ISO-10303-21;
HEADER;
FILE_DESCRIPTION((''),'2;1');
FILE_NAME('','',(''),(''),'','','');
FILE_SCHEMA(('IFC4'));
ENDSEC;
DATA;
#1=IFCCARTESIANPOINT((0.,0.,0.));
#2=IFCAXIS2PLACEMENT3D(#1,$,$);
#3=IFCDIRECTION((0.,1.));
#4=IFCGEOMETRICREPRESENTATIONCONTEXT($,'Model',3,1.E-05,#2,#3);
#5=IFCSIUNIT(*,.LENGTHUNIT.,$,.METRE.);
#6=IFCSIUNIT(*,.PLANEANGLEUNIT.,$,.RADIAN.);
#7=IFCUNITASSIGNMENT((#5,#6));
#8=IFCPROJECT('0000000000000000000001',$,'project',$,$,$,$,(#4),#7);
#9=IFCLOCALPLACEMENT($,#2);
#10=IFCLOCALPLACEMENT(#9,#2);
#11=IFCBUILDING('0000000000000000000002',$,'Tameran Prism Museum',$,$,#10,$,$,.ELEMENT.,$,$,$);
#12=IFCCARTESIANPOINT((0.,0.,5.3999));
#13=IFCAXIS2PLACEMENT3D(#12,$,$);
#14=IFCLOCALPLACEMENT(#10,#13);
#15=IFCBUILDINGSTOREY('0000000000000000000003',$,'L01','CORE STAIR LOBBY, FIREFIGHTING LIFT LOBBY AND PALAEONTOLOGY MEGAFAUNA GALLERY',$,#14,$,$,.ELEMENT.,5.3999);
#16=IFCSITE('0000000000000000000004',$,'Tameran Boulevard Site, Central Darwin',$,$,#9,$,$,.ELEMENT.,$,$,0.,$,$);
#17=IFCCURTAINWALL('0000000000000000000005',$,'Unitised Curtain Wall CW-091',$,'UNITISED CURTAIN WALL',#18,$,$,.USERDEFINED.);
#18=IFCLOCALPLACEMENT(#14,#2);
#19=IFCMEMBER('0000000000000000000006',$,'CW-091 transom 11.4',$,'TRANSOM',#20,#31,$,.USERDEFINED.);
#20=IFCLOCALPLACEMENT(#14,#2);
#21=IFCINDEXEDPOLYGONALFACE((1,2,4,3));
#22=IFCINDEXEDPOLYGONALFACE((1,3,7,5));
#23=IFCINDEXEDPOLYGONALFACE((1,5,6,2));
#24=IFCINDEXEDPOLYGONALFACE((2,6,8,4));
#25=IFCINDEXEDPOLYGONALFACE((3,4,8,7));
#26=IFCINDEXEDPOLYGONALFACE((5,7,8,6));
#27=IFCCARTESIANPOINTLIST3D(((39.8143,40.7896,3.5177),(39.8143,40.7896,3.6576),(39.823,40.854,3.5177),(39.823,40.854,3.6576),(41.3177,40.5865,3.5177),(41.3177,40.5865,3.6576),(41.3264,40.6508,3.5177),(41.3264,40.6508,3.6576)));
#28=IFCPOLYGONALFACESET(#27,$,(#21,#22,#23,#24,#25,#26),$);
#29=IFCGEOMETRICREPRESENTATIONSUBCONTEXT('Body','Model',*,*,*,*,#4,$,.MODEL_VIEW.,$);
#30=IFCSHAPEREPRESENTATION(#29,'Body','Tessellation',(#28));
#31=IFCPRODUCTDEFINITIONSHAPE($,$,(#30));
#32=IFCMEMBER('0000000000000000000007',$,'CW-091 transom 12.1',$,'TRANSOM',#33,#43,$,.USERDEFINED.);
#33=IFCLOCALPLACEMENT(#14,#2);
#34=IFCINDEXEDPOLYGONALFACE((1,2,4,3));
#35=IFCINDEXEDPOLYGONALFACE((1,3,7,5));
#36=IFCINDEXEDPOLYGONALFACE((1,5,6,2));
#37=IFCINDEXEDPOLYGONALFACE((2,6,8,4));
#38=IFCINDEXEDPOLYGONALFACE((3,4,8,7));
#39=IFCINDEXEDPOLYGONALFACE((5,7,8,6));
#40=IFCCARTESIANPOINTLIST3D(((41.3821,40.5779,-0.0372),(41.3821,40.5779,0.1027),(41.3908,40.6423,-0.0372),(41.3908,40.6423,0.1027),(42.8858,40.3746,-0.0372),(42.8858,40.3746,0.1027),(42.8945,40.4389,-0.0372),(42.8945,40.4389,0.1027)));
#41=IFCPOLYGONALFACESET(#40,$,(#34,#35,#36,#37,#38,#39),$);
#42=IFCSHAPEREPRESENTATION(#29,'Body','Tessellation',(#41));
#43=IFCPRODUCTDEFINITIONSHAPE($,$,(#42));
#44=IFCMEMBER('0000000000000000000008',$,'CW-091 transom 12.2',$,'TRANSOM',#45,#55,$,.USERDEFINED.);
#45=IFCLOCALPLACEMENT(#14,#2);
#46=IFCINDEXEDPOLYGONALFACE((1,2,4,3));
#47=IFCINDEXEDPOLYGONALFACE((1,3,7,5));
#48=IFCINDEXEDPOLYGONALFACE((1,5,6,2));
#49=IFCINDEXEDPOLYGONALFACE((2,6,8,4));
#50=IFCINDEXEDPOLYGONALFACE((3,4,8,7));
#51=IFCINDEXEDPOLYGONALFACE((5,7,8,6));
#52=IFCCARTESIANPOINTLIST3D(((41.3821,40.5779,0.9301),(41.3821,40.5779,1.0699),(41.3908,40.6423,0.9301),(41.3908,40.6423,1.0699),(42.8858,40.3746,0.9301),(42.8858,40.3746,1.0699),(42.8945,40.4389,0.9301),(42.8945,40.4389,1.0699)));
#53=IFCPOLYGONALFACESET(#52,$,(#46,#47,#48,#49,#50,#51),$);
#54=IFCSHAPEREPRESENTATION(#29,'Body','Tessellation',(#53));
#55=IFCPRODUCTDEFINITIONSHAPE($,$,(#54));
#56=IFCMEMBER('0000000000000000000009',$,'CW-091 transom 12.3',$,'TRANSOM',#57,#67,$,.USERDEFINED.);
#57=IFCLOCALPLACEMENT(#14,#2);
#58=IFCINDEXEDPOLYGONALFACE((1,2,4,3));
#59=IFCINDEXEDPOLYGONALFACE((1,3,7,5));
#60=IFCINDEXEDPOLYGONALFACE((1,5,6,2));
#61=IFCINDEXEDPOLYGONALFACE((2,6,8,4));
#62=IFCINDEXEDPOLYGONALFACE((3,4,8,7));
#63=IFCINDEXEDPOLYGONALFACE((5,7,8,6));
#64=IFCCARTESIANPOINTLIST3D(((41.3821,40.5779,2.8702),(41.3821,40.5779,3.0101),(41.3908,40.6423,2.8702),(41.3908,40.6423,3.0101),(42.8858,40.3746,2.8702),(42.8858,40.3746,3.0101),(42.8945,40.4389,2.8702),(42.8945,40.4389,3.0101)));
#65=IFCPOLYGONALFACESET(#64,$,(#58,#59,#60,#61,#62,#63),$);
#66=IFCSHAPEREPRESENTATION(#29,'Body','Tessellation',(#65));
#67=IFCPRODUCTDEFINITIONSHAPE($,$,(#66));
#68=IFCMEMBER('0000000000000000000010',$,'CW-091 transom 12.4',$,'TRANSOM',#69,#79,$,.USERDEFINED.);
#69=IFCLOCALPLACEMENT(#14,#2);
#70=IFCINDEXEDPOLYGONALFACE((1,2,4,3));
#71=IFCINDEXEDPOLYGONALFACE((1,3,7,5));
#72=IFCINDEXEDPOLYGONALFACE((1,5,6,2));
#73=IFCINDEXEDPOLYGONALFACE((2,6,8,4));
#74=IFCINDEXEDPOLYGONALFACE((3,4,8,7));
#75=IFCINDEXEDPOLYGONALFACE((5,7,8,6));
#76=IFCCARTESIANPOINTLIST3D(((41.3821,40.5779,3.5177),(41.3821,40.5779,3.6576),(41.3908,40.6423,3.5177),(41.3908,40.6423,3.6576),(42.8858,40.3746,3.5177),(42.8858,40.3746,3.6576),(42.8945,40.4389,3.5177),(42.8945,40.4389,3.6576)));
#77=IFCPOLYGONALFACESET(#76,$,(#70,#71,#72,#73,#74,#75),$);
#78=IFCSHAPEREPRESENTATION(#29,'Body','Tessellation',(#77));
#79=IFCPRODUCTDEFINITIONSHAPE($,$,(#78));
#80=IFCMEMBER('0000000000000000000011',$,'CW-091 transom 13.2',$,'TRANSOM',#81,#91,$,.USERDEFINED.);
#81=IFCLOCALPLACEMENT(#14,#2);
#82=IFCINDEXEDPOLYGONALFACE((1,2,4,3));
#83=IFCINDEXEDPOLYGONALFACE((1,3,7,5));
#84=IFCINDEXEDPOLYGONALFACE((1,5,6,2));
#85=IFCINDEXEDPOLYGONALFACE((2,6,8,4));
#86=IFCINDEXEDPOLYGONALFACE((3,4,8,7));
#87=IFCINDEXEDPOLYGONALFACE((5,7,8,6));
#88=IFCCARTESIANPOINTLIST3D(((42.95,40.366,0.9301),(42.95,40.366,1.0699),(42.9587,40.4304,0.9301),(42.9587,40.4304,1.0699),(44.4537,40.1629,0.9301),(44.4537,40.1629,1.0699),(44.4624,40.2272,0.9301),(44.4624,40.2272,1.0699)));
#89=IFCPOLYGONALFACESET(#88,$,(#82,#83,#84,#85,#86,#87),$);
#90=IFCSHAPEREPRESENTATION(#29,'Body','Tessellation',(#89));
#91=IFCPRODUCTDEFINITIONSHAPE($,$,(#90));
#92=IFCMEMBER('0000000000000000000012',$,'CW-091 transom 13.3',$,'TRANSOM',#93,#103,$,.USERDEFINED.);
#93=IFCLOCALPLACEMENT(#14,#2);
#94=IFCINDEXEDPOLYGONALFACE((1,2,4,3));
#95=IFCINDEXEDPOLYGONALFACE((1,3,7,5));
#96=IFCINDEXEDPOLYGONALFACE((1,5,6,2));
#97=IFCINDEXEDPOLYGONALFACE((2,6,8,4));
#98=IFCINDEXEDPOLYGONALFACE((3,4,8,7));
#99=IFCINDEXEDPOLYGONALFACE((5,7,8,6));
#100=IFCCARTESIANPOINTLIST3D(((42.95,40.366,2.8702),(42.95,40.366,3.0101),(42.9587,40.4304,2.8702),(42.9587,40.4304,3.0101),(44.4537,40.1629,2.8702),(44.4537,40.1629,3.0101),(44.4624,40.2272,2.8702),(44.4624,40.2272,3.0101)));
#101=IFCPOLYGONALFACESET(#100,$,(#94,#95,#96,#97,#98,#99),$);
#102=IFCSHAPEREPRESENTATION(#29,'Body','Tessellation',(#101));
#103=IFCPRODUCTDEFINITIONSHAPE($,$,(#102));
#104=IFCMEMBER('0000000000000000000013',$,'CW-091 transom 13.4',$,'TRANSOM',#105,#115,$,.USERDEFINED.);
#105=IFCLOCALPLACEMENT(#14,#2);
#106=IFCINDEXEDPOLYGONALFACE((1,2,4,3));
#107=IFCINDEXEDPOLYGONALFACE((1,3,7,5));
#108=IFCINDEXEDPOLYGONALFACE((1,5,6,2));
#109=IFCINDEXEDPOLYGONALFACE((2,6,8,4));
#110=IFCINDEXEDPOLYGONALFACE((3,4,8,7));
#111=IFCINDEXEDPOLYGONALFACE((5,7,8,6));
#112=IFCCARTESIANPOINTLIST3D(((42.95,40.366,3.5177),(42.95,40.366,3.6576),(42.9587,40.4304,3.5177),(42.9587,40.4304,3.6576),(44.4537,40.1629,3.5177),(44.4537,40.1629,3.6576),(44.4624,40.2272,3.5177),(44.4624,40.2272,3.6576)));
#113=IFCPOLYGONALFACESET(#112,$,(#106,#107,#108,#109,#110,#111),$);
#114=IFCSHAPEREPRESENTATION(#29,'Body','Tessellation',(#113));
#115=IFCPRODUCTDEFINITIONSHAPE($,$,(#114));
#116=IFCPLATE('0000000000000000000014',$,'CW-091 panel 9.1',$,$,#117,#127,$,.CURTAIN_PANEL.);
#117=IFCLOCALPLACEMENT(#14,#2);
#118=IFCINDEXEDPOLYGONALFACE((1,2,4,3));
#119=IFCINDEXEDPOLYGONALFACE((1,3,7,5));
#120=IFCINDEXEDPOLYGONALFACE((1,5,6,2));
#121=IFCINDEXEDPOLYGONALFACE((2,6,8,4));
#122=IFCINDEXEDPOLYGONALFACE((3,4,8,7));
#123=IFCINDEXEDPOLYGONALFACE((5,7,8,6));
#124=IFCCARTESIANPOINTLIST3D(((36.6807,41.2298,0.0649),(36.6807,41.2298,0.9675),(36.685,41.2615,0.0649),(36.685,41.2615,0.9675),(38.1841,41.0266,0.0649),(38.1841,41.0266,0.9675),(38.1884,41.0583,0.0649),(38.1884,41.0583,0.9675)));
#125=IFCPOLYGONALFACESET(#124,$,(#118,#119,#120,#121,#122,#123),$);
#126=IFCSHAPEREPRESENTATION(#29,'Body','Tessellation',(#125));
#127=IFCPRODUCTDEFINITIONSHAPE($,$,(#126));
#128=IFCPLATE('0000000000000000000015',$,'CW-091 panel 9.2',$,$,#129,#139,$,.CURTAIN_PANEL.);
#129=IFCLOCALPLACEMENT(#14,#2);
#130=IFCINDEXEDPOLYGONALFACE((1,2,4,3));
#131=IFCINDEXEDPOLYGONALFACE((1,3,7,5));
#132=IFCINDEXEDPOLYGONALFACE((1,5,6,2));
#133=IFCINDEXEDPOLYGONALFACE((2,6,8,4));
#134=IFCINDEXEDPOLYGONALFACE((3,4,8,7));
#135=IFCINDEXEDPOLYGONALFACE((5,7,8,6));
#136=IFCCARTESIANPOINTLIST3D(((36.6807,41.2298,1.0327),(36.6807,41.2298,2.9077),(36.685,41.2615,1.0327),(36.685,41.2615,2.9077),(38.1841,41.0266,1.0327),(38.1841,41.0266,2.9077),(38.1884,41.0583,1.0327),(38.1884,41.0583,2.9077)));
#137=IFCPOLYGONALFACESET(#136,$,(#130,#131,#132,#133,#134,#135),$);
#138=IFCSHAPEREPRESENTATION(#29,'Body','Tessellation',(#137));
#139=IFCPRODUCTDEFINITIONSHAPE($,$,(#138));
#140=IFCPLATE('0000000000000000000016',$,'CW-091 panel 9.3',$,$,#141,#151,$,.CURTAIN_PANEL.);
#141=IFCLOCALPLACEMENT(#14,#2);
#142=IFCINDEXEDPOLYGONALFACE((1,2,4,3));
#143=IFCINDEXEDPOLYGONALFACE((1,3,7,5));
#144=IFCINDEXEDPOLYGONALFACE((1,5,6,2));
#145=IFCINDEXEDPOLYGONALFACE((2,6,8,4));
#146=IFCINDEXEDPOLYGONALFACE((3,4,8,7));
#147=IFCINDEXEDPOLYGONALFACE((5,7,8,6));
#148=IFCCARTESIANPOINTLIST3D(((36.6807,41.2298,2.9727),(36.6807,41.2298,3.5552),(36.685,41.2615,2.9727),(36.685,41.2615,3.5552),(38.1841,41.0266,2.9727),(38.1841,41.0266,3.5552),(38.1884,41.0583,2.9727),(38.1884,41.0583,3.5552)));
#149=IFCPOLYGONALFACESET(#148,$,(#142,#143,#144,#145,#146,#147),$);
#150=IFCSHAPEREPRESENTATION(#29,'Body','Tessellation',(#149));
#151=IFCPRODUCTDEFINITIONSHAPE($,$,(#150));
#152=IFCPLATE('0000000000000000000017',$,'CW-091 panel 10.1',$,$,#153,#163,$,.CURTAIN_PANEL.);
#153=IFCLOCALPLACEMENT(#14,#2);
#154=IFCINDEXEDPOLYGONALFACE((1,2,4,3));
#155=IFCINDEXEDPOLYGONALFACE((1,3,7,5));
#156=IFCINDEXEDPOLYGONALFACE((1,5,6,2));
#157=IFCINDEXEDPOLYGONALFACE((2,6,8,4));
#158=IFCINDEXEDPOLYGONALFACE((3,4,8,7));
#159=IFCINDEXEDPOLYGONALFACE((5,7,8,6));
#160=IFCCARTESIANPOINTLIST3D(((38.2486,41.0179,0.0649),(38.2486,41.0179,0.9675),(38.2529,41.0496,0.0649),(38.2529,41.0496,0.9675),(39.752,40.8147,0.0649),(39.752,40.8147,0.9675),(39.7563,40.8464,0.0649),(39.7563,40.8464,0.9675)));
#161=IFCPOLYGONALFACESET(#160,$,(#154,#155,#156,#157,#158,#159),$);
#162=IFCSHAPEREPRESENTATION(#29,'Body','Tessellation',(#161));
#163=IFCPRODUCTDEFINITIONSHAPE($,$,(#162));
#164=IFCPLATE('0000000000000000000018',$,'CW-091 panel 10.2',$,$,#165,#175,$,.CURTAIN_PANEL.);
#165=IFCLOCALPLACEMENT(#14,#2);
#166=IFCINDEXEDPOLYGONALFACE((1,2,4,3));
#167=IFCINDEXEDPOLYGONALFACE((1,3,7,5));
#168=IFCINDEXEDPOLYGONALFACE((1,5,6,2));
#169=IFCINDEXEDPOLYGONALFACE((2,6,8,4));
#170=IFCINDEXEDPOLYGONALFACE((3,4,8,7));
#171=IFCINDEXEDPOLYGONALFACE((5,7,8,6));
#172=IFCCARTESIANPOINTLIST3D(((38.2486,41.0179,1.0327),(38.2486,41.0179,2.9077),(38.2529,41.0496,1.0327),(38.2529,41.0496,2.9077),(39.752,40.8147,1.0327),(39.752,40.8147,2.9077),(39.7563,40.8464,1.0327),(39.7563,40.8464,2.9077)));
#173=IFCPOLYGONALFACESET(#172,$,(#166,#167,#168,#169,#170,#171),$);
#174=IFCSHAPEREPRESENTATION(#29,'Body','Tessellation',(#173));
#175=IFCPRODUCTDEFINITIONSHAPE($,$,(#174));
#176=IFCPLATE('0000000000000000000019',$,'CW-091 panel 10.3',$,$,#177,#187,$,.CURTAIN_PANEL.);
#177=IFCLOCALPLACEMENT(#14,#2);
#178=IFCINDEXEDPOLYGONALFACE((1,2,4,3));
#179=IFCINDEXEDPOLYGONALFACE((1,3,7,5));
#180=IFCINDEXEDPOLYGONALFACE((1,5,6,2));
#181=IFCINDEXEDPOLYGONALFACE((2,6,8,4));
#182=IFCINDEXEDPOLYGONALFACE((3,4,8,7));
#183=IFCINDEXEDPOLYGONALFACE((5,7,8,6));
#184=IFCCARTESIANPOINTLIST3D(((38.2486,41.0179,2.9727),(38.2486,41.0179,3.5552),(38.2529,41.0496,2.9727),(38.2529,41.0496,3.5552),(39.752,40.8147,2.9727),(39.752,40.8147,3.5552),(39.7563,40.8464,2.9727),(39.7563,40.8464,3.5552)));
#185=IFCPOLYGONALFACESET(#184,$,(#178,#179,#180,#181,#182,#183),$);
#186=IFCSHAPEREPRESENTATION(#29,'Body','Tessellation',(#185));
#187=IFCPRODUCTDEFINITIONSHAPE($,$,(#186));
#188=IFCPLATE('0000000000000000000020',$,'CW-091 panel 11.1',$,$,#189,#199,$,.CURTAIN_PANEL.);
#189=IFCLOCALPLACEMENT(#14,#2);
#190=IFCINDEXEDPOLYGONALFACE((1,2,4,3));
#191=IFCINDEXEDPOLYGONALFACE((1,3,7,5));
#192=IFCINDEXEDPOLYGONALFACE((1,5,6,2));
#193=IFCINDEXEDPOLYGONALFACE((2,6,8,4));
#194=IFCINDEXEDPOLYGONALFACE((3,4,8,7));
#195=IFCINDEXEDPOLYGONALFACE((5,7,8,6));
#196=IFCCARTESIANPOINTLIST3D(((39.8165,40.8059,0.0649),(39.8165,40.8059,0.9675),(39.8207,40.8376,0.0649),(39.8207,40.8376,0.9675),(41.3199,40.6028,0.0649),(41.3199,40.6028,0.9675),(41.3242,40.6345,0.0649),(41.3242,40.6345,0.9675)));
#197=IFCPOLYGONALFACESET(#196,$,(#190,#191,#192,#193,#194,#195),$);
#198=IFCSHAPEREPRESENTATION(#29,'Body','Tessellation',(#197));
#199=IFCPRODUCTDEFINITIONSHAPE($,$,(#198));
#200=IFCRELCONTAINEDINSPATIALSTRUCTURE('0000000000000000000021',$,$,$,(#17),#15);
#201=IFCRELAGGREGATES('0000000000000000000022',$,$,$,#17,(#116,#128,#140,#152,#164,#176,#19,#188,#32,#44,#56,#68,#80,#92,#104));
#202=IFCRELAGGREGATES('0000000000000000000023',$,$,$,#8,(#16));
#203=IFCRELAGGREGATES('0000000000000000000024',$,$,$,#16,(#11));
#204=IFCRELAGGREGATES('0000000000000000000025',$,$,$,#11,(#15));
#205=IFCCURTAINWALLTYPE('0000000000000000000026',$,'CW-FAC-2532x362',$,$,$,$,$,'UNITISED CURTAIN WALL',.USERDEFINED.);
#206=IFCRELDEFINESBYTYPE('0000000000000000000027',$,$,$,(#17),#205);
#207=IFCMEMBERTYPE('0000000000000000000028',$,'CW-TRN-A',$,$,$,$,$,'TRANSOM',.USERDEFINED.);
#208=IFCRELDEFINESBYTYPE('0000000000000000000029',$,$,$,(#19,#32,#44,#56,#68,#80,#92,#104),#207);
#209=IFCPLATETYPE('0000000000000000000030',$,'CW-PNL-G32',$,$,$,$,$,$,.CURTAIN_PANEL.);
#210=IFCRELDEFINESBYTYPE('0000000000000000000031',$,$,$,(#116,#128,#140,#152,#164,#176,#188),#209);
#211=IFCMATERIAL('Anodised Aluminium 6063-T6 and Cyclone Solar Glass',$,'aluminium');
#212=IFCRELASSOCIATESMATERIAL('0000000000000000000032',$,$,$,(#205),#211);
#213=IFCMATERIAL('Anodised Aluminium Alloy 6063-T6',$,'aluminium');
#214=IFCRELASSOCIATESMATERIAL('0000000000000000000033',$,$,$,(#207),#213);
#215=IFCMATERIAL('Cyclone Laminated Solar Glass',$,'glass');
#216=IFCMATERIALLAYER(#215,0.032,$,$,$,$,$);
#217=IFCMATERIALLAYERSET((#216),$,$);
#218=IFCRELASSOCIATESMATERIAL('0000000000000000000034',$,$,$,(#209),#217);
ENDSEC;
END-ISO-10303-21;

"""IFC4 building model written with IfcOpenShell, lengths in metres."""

from ifc_helpers import new_model, si_unit, direction, frame, origin, origin_2d, place, context, subcontext, project, spatial, rectangle, extrude, material, layer, layer_set, material_profile, profile_set, type_object, element, aggregate, save


model = new_model("IFC4")

# Units and contexts
model_context = context("Model", 3, precision=1e-05, world=origin(), true_north=direction((0.0, 1.0)))
body_context = subcontext(model_context, "Body", "Model", "MODEL_VIEW")
ifc_project = project(units=[si_unit("LENGTHUNIT", "METRE"), si_unit("PLANEANGLEUNIT", "RADIAN")], contexts=[model_context])

# Site, building, storey
site_placement = place(None, origin())
site = spatial("IfcSite", under=ifc_project, at=site_placement, Name="Tameran Boulevard Site, Central Darwin", CompositionType="ELEMENT", RefElevation=0.0)
building_placement = place(site_placement, origin())
building = spatial("IfcBuilding", under=site, at=building_placement, Name="Tameran Prism Museum", CompositionType="ELEMENT")
storey_placement = place(building_placement, frame((0.0, 0.0, 5.3999)))
storey = spatial("IfcBuildingStorey", under=building, at=storey_placement, Name="L01", Description="CORE STAIR LOBBY, FIREFIGHTING LIFT LOBBY AND PALAEONTOLOGY MEGAFAUNA GALLERY", CompositionType="ELEMENT", Elevation=5.3999)

# Curtain wall, members, plates
ifc_material_1 = material(Name="Anodised Aluminium 6063-T6 and Cyclone Solar Glass", Category="aluminium")
curtain_wall_type = type_object("IfcCurtainWallType", Name="CW-FAC-2532x362", ElementType="UNITISED CURTAIN WALL", PredefinedType="USERDEFINED", material=ifc_material_1)
curtain_wall_placement = place(storey_placement, origin())
curtain_wall = element("IfcCurtainWall", 1, at=curtain_wall_placement, inside=storey, type_object=curtain_wall_type, Name="Unitised Curtain Wall CW-091", ObjectType="UNITISED CURTAIN WALL", PredefinedType="USERDEFINED")
ifc_material_2 = material(Name="Anodised Aluminium Alloy 6063-T6", Category="aluminium")
ifc_material_profile_1 = material_profile(ifc_material_2, rectangle(XDim=0.0649, YDim=0.1399, at=origin_2d()))
ifc_profile_set_1 = profile_set([ifc_material_profile_1])
member_type_1 = type_object("IfcMemberType", Name="CW-TRN-A", ElementType="TRANSOM", PredefinedType="USERDEFINED", material=ifc_profile_set_1)
member_1_placement = place(storey_placement, frame((39.8186, 40.8218, 3.5876), z_axis=(0.990996, -0.133892, 0.0), x_axis=(0.133892, 0.990996, 0.0)))
member_1 = element("IfcMember", 2, at=member_1_placement, type_object=member_type_1, Name="CW-091 transom 11.4", ObjectType="TRANSOM", PredefinedType="USERDEFINED", context=body_context, shape_type="SweptSolid", body=[
    extrude(rectangle(XDim=0.0649, YDim=0.1399, at=origin_2d()), origin(), (0.0, 0.0, 1.0), 1.5171),
])
member_2_placement = place(storey_placement, frame((41.3865, 40.6101, 0.0327), z_axis=(0.990977, -0.134029, 0.0), x_axis=(0.134029, 0.990977, 0.0)))
member_2 = element("IfcMember", 3, at=member_2_placement, type_object=member_type_1, Name="CW-091 transom 12.1", ObjectType="TRANSOM", PredefinedType="USERDEFINED", context=body_context, shape_type="SweptSolid", body=[
    extrude(rectangle(XDim=0.0649, YDim=0.1399, at=origin_2d()), origin(), (0.0, 0.0, 1.0), 1.5173),
])
member_3_placement = place(storey_placement, frame((41.3865, 40.6101, 1.0), z_axis=(0.990977, -0.134029, 0.0), x_axis=(0.134029, 0.990977, 0.0)))
member_3 = element("IfcMember", 4, at=member_3_placement, type_object=member_type_1, Name="CW-091 transom 12.2", ObjectType="TRANSOM", PredefinedType="USERDEFINED", context=body_context, shape_type="SweptSolid", body=[
    extrude(rectangle(XDim=0.0649, YDim=0.1399, at=origin_2d()), origin(), (0.0, 0.0, 1.0), 1.5173),
])
member_4_placement = place(storey_placement, frame((41.3865, 40.6101, 2.9402), z_axis=(0.990977, -0.134029, 0.0), x_axis=(0.134029, 0.990977, 0.0)))
member_4 = element("IfcMember", 5, at=member_4_placement, type_object=member_type_1, Name="CW-091 transom 12.3", ObjectType="TRANSOM", PredefinedType="USERDEFINED", context=body_context, shape_type="SweptSolid", body=[
    extrude(rectangle(XDim=0.0649, YDim=0.1399, at=origin_2d()), origin(), (0.0, 0.0, 1.0), 1.5173),
])
member_5_placement = place(storey_placement, frame((41.3865, 40.6101, 3.5876), z_axis=(0.990977, -0.134029, 0.0), x_axis=(0.134029, 0.990977, 0.0)))
member_5 = element("IfcMember", 6, at=member_5_placement, type_object=member_type_1, Name="CW-091 transom 12.4", ObjectType="TRANSOM", PredefinedType="USERDEFINED", context=body_context, shape_type="SweptSolid", body=[
    extrude(rectangle(XDim=0.0649, YDim=0.1399, at=origin_2d()), origin(), (0.0, 0.0, 1.0), 1.5173),
])
member_6_placement = place(storey_placement, frame((42.9543, 40.3982, 1.0), z_axis=(0.990999, -0.133871, 0.0), x_axis=(0.133871, 0.990999, 0.0)))
member_6 = element("IfcMember", 7, at=member_6_placement, type_object=member_type_1, Name="CW-091 transom 13.2", ObjectType="TRANSOM", PredefinedType="USERDEFINED", context=body_context, shape_type="SweptSolid", body=[
    extrude(rectangle(XDim=0.0649, YDim=0.1399, at=origin_2d()), origin(), (0.0, 0.0, 1.0), 1.5173),
])
member_7_placement = place(storey_placement, frame((42.9543, 40.3982, 2.9402), z_axis=(0.990999, -0.133871, 0.0), x_axis=(0.133871, 0.990999, 0.0)))
member_7 = element("IfcMember", 8, at=member_7_placement, type_object=member_type_1, Name="CW-091 transom 13.3", ObjectType="TRANSOM", PredefinedType="USERDEFINED", context=body_context, shape_type="SweptSolid", body=[
    extrude(rectangle(XDim=0.0649, YDim=0.1399, at=origin_2d()), origin(), (0.0, 0.0, 1.0), 1.5173),
])
member_8_placement = place(storey_placement, frame((42.9543, 40.3982, 3.5876), z_axis=(0.990999, -0.133871, 0.0), x_axis=(0.133871, 0.990999, 0.0)))
member_8 = element("IfcMember", 9, at=member_8_placement, type_object=member_type_1, Name="CW-091 transom 13.4", ObjectType="TRANSOM", PredefinedType="USERDEFINED", context=body_context, shape_type="SweptSolid", body=[
    extrude(rectangle(XDim=0.0649, YDim=0.1399, at=origin_2d()), origin(), (0.0, 0.0, 1.0), 1.5173),
])
ifc_material_3 = material(Name="Cyclone Laminated Solar Glass", Category="glass")
ifc_layer = layer(ifc_material_3, 0.032)
ifc_layer_set = layer_set([ifc_layer])
plate_type = type_object("IfcPlateType", Name="CW-PNL-G32", PredefinedType="CURTAIN_PANEL", material=ifc_layer_set)
plate_1_placement = place(storey_placement, frame((37.4346, 41.144, 0.0649), z_axis=(0.0, 0.0, 1.0), x_axis=(0.990993, -0.133913, 0.0)))
plate_1 = element("IfcPlate", 10, at=plate_1_placement, type_object=plate_type, Name="CW-091 panel 9.1", PredefinedType="CURTAIN_PANEL", context=body_context, shape_type="SweptSolid", body=[
    extrude(rectangle(XDim=1.5171, YDim=0.032, at=origin_2d()), origin(), (0.0, 0.0, 1.0), 0.9026),
])
plate_2_placement = place(storey_placement, frame((37.4346, 41.144, 1.0327), z_axis=(0.0, 0.0, 1.0), x_axis=(0.990993, -0.133913, 0.0)))
plate_2 = element("IfcPlate", 11, at=plate_2_placement, type_object=plate_type, Name="CW-091 panel 9.2", PredefinedType="CURTAIN_PANEL", context=body_context, shape_type="SweptSolid", body=[
    extrude(rectangle(XDim=1.5171, YDim=0.032, at=origin_2d()), origin(), (0.0, 0.0, 1.0), 1.875),
])
plate_3_placement = place(storey_placement, frame((37.4346, 41.144, 2.9727), z_axis=(0.0, 0.0, 1.0), x_axis=(0.990993, -0.133913, 0.0)))
plate_3 = element("IfcPlate", 12, at=plate_3_placement, type_object=plate_type, Name="CW-091 panel 9.3", PredefinedType="CURTAIN_PANEL", context=body_context, shape_type="SweptSolid", body=[
    extrude(rectangle(XDim=1.5171, YDim=0.032, at=origin_2d()), origin(), (0.0, 0.0, 1.0), 0.5825),
])
plate_4_placement = place(storey_placement, frame((39.0024, 40.9321, 0.0649), z_axis=(0.0, 0.0, 1.0), x_axis=(0.990993, -0.133913, 0.0)))
plate_4 = element("IfcPlate", 13, at=plate_4_placement, type_object=plate_type, Name="CW-091 panel 10.1", PredefinedType="CURTAIN_PANEL", context=body_context, shape_type="SweptSolid", body=[
    extrude(rectangle(XDim=1.5171, YDim=0.032, at=origin_2d()), origin(), (0.0, 0.0, 1.0), 0.9026),
])
plate_5_placement = place(storey_placement, frame((39.0024, 40.9321, 1.0327), z_axis=(0.0, 0.0, 1.0), x_axis=(0.990993, -0.133913, 0.0)))
plate_5 = element("IfcPlate", 14, at=plate_5_placement, type_object=plate_type, Name="CW-091 panel 10.2", PredefinedType="CURTAIN_PANEL", context=body_context, shape_type="SweptSolid", body=[
    extrude(rectangle(XDim=1.5171, YDim=0.032, at=origin_2d()), origin(), (0.0, 0.0, 1.0), 1.875),
])
plate_6_placement = place(storey_placement, frame((39.0024, 40.9321, 2.9727), z_axis=(0.0, 0.0, 1.0), x_axis=(0.990993, -0.133913, 0.0)))
plate_6 = element("IfcPlate", 15, at=plate_6_placement, type_object=plate_type, Name="CW-091 panel 10.3", PredefinedType="CURTAIN_PANEL", context=body_context, shape_type="SweptSolid", body=[
    extrude(rectangle(XDim=1.5171, YDim=0.032, at=origin_2d()), origin(), (0.0, 0.0, 1.0), 0.5825),
])
plate_7_placement = place(storey_placement, frame((40.5703, 40.7202, 0.0649), z_axis=(0.0, 0.0, 1.0), x_axis=(0.990993, -0.133913, 0.0)))
plate_7 = element("IfcPlate", 16, at=plate_7_placement, type_object=plate_type, Name="CW-091 panel 11.1", PredefinedType="CURTAIN_PANEL", context=body_context, shape_type="SweptSolid", body=[
    extrude(rectangle(XDim=1.5171, YDim=0.032, at=origin_2d()), origin(), (0.0, 0.0, 1.0), 0.9026),
])
aggregate(curtain_wall, [plate_1, plate_2, plate_3, plate_4, plate_5, plate_6, member_1, plate_7, member_2, member_3, member_4, member_5, member_6, member_7, member_8])

save(model, "model.ifc")
